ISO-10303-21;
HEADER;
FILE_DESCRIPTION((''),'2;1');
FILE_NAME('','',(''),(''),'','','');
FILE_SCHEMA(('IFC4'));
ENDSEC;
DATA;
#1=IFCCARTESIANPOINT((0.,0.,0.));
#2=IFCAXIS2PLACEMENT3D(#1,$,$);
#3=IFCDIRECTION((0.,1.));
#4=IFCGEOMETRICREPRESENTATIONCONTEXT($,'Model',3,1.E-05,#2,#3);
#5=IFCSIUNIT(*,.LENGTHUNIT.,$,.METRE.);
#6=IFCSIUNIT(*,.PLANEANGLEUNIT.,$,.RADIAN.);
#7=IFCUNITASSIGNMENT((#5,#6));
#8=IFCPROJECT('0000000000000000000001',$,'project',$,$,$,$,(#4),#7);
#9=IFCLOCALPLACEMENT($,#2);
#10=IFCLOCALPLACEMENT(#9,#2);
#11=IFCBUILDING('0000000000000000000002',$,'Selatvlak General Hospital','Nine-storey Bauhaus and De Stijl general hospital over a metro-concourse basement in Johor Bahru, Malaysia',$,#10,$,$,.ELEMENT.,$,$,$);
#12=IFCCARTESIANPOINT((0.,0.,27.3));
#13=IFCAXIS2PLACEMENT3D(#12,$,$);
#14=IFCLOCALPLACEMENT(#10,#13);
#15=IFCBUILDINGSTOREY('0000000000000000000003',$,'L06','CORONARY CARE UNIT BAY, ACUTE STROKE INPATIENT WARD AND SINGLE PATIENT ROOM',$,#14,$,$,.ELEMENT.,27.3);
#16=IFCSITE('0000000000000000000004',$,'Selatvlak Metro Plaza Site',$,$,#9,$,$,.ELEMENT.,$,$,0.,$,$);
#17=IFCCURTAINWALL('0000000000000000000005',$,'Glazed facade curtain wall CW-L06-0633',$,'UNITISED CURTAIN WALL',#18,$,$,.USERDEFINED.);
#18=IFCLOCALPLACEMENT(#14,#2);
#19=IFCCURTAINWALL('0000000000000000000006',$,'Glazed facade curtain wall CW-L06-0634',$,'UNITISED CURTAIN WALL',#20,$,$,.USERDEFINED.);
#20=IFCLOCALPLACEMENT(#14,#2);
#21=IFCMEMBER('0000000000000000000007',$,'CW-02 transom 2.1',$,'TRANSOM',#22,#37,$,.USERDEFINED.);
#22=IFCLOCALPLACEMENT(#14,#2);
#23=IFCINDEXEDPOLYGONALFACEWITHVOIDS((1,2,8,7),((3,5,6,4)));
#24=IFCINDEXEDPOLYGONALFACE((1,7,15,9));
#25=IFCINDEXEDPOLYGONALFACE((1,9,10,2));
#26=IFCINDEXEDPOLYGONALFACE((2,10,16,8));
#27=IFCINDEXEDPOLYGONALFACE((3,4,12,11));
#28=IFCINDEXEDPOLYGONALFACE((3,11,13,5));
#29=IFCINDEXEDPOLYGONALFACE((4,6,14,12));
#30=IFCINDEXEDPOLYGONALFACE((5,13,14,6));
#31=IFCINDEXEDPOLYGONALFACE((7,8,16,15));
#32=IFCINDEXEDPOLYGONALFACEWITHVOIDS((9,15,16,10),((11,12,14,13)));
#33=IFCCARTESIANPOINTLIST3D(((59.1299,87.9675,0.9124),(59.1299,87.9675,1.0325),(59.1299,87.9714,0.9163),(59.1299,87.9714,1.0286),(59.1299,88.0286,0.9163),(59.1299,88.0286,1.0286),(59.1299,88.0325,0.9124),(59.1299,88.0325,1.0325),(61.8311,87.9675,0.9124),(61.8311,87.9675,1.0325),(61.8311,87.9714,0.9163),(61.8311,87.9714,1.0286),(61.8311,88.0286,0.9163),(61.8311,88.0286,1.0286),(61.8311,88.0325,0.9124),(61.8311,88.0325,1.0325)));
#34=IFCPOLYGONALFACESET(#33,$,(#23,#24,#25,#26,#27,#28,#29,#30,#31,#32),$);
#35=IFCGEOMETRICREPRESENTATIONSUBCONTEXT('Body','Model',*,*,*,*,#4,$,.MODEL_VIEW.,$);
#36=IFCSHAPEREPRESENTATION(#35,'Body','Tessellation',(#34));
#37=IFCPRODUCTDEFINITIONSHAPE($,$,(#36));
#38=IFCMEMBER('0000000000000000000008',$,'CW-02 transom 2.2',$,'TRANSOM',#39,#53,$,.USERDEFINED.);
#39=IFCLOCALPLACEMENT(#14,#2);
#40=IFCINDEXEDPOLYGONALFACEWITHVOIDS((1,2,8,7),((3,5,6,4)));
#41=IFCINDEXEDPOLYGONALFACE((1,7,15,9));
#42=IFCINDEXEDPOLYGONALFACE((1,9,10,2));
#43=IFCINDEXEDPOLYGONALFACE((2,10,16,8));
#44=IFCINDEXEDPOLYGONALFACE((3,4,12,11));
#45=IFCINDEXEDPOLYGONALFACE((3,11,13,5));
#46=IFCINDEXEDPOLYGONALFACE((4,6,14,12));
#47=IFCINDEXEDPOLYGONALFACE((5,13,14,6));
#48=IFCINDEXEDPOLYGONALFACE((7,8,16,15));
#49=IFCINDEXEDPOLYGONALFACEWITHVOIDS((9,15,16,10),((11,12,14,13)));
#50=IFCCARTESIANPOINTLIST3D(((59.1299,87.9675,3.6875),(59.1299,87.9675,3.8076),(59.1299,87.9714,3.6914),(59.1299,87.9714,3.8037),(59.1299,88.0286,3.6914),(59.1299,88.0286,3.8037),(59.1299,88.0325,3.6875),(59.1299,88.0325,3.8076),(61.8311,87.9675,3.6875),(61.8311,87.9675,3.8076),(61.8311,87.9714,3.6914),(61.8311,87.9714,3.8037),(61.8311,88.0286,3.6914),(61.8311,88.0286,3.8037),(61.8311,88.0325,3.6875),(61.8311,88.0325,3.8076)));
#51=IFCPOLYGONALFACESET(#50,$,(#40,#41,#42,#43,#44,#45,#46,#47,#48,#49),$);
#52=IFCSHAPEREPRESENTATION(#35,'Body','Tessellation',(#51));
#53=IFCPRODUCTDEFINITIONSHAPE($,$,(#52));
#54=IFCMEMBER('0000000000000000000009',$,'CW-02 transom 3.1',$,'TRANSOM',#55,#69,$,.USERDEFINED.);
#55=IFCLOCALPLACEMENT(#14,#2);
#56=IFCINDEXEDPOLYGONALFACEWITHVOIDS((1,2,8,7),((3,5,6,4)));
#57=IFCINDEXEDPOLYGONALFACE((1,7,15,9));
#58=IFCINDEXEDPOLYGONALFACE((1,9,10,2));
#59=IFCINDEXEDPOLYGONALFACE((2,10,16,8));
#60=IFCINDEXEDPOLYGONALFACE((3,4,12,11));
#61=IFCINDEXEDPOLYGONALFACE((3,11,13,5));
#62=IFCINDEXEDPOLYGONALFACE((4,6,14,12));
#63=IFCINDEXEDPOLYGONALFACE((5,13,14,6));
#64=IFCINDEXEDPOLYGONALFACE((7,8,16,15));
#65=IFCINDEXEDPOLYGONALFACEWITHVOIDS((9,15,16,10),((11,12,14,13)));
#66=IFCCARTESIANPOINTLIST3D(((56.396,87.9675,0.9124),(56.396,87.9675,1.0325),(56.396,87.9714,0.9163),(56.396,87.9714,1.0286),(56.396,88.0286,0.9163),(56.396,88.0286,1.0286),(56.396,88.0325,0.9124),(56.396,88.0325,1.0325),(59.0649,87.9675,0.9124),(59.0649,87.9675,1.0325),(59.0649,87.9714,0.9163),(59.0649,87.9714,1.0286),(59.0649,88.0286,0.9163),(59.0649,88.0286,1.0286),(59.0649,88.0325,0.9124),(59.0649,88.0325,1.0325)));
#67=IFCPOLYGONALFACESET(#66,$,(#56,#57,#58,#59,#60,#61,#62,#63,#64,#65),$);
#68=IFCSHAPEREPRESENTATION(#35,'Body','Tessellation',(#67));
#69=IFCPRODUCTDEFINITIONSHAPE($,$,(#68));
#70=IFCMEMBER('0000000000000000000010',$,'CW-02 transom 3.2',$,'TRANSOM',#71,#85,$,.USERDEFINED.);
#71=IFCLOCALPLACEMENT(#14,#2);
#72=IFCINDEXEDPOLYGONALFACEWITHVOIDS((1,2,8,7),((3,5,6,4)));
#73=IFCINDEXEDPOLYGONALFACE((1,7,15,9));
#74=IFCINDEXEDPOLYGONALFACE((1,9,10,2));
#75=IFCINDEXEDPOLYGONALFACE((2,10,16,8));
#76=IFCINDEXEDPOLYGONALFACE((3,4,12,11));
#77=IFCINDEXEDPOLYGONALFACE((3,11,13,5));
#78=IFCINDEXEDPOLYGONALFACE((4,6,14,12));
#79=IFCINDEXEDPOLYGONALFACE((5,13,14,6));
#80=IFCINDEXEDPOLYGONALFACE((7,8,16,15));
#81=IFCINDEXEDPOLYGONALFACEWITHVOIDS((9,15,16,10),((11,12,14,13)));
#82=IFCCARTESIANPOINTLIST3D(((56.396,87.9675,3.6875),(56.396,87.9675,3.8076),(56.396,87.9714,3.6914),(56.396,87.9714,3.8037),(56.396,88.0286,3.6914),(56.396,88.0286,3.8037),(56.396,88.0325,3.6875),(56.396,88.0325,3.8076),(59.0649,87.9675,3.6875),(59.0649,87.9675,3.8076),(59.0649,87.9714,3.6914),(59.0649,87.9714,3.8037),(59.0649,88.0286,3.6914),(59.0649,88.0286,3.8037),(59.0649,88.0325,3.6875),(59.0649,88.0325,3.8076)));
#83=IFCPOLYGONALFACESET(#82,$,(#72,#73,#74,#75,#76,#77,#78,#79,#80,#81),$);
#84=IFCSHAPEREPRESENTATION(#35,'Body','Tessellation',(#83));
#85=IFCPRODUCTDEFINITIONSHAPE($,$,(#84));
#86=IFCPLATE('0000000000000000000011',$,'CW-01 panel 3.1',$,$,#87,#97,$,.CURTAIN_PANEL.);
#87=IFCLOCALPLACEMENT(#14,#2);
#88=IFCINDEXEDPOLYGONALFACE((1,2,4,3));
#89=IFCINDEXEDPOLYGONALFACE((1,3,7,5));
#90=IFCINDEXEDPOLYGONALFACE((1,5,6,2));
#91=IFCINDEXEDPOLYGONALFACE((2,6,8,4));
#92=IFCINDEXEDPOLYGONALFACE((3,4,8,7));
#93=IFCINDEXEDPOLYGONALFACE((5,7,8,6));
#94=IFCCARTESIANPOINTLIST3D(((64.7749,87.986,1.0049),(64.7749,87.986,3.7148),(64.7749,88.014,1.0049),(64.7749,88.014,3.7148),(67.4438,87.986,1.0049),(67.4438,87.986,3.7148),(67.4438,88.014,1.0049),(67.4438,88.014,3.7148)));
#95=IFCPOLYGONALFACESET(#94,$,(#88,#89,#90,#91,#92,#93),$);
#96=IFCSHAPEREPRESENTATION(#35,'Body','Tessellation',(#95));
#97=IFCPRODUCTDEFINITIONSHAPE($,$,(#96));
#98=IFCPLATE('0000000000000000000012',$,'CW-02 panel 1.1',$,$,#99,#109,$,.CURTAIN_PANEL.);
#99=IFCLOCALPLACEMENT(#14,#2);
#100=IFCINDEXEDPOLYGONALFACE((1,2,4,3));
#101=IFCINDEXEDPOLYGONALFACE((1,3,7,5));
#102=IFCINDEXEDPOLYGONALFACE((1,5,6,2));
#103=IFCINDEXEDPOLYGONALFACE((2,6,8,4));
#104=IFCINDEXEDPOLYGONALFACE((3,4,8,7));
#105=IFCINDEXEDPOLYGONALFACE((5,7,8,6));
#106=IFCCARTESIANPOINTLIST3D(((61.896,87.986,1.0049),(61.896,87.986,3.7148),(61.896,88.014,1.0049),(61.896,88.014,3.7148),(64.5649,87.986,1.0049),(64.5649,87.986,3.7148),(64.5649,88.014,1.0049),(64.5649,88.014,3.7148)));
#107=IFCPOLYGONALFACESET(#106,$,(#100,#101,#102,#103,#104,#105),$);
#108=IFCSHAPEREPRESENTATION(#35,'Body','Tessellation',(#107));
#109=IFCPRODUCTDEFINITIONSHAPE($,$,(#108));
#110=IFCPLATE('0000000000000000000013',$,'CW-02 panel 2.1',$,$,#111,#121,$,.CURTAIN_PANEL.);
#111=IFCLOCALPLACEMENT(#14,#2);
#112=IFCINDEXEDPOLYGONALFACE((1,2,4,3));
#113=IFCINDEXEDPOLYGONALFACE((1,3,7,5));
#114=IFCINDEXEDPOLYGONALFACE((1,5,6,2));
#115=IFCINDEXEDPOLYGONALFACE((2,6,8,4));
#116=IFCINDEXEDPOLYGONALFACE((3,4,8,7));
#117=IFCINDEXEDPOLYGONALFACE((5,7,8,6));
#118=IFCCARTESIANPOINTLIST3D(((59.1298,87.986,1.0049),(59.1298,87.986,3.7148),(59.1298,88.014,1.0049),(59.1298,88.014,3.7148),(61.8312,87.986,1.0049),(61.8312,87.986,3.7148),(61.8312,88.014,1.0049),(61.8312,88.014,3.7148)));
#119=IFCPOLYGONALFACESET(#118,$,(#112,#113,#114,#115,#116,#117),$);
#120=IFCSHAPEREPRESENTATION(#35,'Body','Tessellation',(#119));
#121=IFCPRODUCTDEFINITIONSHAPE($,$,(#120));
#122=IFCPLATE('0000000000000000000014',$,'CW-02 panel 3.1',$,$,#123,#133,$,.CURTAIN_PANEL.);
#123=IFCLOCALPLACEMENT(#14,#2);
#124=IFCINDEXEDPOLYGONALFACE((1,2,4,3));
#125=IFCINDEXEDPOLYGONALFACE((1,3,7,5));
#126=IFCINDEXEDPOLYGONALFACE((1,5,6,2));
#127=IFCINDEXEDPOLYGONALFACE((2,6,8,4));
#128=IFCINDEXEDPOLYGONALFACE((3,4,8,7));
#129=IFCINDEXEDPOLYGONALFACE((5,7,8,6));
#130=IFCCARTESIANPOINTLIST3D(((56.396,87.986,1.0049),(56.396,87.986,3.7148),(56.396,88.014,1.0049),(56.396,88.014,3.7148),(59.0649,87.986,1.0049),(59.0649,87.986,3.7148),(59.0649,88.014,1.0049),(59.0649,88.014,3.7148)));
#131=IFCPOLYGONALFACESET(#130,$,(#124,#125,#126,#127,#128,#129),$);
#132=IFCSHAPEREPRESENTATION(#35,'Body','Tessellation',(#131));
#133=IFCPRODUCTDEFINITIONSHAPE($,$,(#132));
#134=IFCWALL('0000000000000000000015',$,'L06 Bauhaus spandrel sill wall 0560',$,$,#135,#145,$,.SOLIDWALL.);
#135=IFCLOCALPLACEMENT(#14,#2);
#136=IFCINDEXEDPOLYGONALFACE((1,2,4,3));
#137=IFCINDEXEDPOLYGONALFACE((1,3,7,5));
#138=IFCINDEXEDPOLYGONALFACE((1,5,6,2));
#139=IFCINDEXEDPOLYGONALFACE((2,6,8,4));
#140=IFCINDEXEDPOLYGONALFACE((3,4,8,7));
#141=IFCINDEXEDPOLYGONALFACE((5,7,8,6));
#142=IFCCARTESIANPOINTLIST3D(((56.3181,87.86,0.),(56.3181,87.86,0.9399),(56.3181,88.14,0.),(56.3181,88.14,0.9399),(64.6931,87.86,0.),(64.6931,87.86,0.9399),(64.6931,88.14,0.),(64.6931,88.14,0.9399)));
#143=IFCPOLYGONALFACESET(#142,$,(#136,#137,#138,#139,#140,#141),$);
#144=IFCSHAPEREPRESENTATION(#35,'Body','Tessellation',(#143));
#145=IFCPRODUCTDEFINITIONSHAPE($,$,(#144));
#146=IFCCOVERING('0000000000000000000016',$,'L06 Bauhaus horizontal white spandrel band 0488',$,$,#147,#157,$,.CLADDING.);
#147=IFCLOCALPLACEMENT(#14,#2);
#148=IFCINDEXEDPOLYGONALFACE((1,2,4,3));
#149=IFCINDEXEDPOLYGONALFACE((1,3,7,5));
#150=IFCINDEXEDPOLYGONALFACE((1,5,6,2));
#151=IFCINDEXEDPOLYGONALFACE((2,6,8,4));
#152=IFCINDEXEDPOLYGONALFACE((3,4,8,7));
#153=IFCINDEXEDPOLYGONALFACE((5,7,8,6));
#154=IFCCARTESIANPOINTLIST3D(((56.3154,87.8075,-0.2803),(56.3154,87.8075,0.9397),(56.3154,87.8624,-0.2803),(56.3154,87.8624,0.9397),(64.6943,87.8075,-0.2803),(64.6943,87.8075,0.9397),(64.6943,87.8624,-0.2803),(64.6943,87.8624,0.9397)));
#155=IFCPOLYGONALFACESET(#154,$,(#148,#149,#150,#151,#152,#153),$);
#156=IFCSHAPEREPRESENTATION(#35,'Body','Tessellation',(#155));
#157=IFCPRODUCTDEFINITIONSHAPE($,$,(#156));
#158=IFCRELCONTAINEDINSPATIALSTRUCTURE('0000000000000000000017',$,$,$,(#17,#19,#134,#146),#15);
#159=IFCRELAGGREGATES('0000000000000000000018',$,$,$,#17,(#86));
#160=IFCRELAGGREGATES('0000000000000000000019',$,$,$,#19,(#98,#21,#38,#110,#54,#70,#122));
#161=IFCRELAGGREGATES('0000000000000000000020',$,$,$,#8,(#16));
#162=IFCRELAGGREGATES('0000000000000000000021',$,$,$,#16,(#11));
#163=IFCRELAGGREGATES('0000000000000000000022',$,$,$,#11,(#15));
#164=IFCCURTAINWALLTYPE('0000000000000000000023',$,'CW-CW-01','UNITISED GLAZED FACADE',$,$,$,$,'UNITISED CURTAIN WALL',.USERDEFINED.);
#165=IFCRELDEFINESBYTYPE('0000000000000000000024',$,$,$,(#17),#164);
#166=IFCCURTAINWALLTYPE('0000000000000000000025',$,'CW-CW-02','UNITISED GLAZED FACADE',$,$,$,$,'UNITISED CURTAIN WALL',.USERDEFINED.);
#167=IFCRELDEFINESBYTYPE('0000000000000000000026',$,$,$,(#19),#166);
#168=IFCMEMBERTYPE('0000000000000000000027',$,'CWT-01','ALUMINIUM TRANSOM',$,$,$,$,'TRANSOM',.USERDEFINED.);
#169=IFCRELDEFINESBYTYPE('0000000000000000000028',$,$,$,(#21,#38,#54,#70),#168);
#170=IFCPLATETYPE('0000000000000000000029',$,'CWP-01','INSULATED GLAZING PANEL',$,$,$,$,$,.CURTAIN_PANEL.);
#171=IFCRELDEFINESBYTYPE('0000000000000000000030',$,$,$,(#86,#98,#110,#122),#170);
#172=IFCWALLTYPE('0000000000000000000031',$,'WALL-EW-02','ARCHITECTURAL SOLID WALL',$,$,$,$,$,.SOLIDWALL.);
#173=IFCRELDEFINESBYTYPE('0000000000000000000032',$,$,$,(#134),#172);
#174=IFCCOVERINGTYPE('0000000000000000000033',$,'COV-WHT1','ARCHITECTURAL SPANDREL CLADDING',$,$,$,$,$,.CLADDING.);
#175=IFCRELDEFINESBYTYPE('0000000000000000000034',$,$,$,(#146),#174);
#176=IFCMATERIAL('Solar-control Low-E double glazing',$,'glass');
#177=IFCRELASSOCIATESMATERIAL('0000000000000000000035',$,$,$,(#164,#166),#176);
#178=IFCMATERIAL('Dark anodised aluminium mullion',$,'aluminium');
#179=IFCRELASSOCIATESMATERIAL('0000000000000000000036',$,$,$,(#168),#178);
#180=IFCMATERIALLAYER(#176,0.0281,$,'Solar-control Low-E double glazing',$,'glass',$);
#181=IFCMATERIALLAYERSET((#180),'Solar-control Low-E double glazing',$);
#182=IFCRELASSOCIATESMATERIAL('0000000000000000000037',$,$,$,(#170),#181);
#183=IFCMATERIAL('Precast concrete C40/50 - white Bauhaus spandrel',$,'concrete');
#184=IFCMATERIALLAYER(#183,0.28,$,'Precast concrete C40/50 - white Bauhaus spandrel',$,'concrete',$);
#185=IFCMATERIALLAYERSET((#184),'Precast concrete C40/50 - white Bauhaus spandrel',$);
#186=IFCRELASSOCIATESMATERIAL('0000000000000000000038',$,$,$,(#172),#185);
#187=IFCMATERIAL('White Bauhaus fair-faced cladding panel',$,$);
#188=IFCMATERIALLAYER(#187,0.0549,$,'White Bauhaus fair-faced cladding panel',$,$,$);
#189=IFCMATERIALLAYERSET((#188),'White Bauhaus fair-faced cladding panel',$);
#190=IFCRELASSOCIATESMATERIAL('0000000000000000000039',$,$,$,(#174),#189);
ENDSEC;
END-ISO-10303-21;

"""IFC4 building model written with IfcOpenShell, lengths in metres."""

from ifc_helpers import new_model, si_unit, direction, frame, frame_2d, origin, origin_2d, place, context, subcontext, project, spatial, rectangle, hollow_rectangle, extrude, material, layer, layer_set, material_profile, profile_set, type_object, element, aggregate, save


model = new_model("IFC4")

# Units and contexts
model_context = context("Model", 3, precision=1e-05, world=origin(), true_north=direction((0.0, 1.0)))
body_context = subcontext(model_context, "Body", "Model", "MODEL_VIEW")
ifc_project = project(units=[si_unit("LENGTHUNIT", "METRE"), si_unit("PLANEANGLEUNIT", "RADIAN")], contexts=[model_context])

# Site, building, storey
site_placement = place(None, origin())
site = spatial("IfcSite", under=ifc_project, at=site_placement, Name="Selatvlak Metro Plaza Site", CompositionType="ELEMENT", RefElevation=0.0)
building_placement = place(site_placement, origin())
building = spatial("IfcBuilding", under=site, at=building_placement, Name="Selatvlak General Hospital", Description="Nine-storey Bauhaus and De Stijl general hospital over a metro-concourse basement in Johor Bahru, Malaysia", CompositionType="ELEMENT")
storey_placement = place(building_placement, frame((0.0, 0.0, 27.3)))
storey = spatial("IfcBuildingStorey", under=building, at=storey_placement, Name="L06", Description="CORONARY CARE UNIT BAY, ACUTE STROKE INPATIENT WARD AND SINGLE PATIENT ROOM", CompositionType="ELEMENT", Elevation=27.3)

# Curtain wall
ifc_material_1 = material(Name="Solar-control Low-E double glazing", Category="glass")
curtain_wall_type_1 = type_object("IfcCurtainWallType", Name="CW-CW-01", Description="UNITISED GLAZED FACADE", ElementType="UNITISED CURTAIN WALL", PredefinedType="USERDEFINED", material=ifc_material_1)
curtain_wall_1_placement = place(storey_placement, origin())
curtain_wall_1 = element("IfcCurtainWall", 1, at=curtain_wall_1_placement, inside=storey, type_object=curtain_wall_type_1, Name="Glazed facade curtain wall CW-L06-0633", ObjectType="UNITISED CURTAIN WALL", PredefinedType="USERDEFINED")
ifc_material_2 = material(Name="Dark anodised aluminium mullion", Category="aluminium")

# Curtain wall
curtain_wall_type_2 = type_object("IfcCurtainWallType", Name="CW-CW-02", Description="UNITISED GLAZED FACADE", ElementType="UNITISED CURTAIN WALL", PredefinedType="USERDEFINED", material=ifc_material_1)
curtain_wall_2_placement = place(storey_placement, origin())
curtain_wall_2 = element("IfcCurtainWall", 2, at=curtain_wall_2_placement, inside=storey, type_object=curtain_wall_type_2, Name="Glazed facade curtain wall CW-L06-0634", ObjectType="UNITISED CURTAIN WALL", PredefinedType="USERDEFINED")

# Members
ifc_material_profile_1 = material_profile(ifc_material_2, hollow_rectangle(XDim=0.0649, YDim=0.1201, WallThickness=0.0039, at=origin_2d()), Name="AL-TRN 65x120x4")
ifc_profile_set_1 = profile_set([ifc_material_profile_1], Name="Dark anodised aluminium mullion")
member_type_1 = type_object("IfcMemberType", Name="CWT-01", Description="ALUMINIUM TRANSOM", ElementType="TRANSOM", PredefinedType="USERDEFINED", material=ifc_profile_set_1)
member_1_placement = place(storey_placement, frame((61.8311, 88.0, 0.9724), z_axis=(-1.0, 0.0, 0.0), x_axis=(0.0, -1.0, 0.0)))
member_1 = element("IfcMember", 3, at=member_1_placement, type_object=member_type_1, Name="CW-02 transom 2.1", ObjectType="TRANSOM", PredefinedType="USERDEFINED", context=body_context, shape_type="SweptSolid", body=[
    extrude(hollow_rectangle(XDim=0.0649, YDim=0.1201, WallThickness=0.0039, at=origin_2d()), origin(), (0.0, 0.0, 1.0), 2.7012),
])
member_2_placement = place(storey_placement, frame((61.8311, 88.0, 3.7476), z_axis=(-1.0, 0.0, 0.0), x_axis=(0.0, -1.0, 0.0)))
member_2 = element("IfcMember", 4, at=member_2_placement, type_object=member_type_1, Name="CW-02 transom 2.2", ObjectType="TRANSOM", PredefinedType="USERDEFINED", context=body_context, shape_type="SweptSolid", body=[
    extrude(hollow_rectangle(XDim=0.0649, YDim=0.1201, WallThickness=0.0039, at=origin_2d()), origin(), (0.0, 0.0, 1.0), 2.7012),
])
member_3_placement = place(storey_placement, frame((59.0649, 88.0, 0.9724), z_axis=(-1.0, 0.0, 0.0), x_axis=(0.0, -1.0, 0.0)))
member_3 = element("IfcMember", 5, at=member_3_placement, type_object=member_type_1, Name="CW-02 transom 3.1", ObjectType="TRANSOM", PredefinedType="USERDEFINED", context=body_context, shape_type="SweptSolid", body=[
    extrude(hollow_rectangle(XDim=0.0649, YDim=0.1201, WallThickness=0.0039, at=origin_2d()), origin(), (0.0, 0.0, 1.0), 2.6689),
])
member_4_placement = place(storey_placement, frame((59.0649, 88.0, 3.7476), z_axis=(-1.0, 0.0, 0.0), x_axis=(0.0, -1.0, 0.0)))
member_4 = element("IfcMember", 6, at=member_4_placement, type_object=member_type_1, Name="CW-02 transom 3.2", ObjectType="TRANSOM", PredefinedType="USERDEFINED", context=body_context, shape_type="SweptSolid", body=[
    extrude(hollow_rectangle(XDim=0.0649, YDim=0.1201, WallThickness=0.0039, at=origin_2d()), origin(), (0.0, 0.0, 1.0), 2.6689),
])

# Plates
ifc_layer_1 = layer(ifc_material_1, 0.0281, Name="Solar-control Low-E double glazing", Category="glass")
ifc_layer_set_1 = layer_set([ifc_layer_1], Name="Solar-control Low-E double glazing")
plate_type = type_object("IfcPlateType", Name="CWP-01", Description="INSULATED GLAZING PANEL", PredefinedType="CURTAIN_PANEL", material=ifc_layer_set_1)
plate_1_placement = place(storey_placement, frame((66.1094, 88.0, 1.0049), z_axis=(0.0, 0.0, 1.0), x_axis=(-1.0, 0.0, 0.0)))
plate_1 = element("IfcPlate", 7, at=plate_1_placement, type_object=plate_type, Name="CW-01 panel 3.1", PredefinedType="CURTAIN_PANEL", context=body_context, shape_type="SweptSolid", body=[
    extrude(rectangle(XDim=2.6689, YDim=0.0281, at=origin_2d()), origin(), (0.0, 0.0, 1.0), 2.71),
])
aggregate(curtain_wall_1, [plate_1])
plate_2_placement = place(storey_placement, frame((63.2305, 88.0, 1.0049), z_axis=(0.0, 0.0, 1.0), x_axis=(-1.0, 0.0, 0.0)))
plate_2 = element("IfcPlate", 8, at=plate_2_placement, type_object=plate_type, Name="CW-02 panel 1.1", PredefinedType="CURTAIN_PANEL", context=body_context, shape_type="SweptSolid", body=[
    extrude(rectangle(XDim=2.6689, YDim=0.0281, at=origin_2d()), origin(), (0.0, 0.0, 1.0), 2.71),
])
plate_3_placement = place(storey_placement, frame((60.4805, 88.0, 1.0049), z_axis=(0.0, 0.0, 1.0), x_axis=(-1.0, 0.0, 0.0)))
plate_3 = element("IfcPlate", 9, at=plate_3_placement, type_object=plate_type, Name="CW-02 panel 2.1", PredefinedType="CURTAIN_PANEL", context=body_context, shape_type="SweptSolid", body=[
    extrude(rectangle(XDim=2.7014, YDim=0.0281, at=origin_2d()), origin(), (0.0, 0.0, 1.0), 2.71),
])
plate_4_placement = place(storey_placement, frame((57.7305, 88.0, 1.0049), z_axis=(0.0, 0.0, 1.0), x_axis=(-1.0, 0.0, 0.0)))
plate_4 = element("IfcPlate", 10, at=plate_4_placement, type_object=plate_type, Name="CW-02 panel 3.1", PredefinedType="CURTAIN_PANEL", context=body_context, shape_type="SweptSolid", body=[
    extrude(rectangle(XDim=2.6689, YDim=0.0281, at=origin_2d()), origin(), (0.0, 0.0, 1.0), 2.71),
])
aggregate(curtain_wall_2, [plate_2, member_1, member_2, plate_3, member_3, member_4, plate_4])

# Wall
ifc_material_3 = material(Name="Precast concrete C40/50 - white Bauhaus spandrel", Category="concrete")
ifc_layer_2 = layer(ifc_material_3, 0.28, Name="Precast concrete C40/50 - white Bauhaus spandrel", Category="concrete")
ifc_layer_set_2 = layer_set([ifc_layer_2], Name="Precast concrete C40/50 - white Bauhaus spandrel")
wall_type = type_object("IfcWallType", Name="WALL-EW-02", Description="ARCHITECTURAL SOLID WALL", PredefinedType="SOLIDWALL", material=ifc_layer_set_2)
wall_placement = place(storey_placement, frame((64.6931, 88.0, 0.0), z_axis=(0.0, 0.0, 1.0), x_axis=(-1.0, 0.0, 0.0)))
element("IfcWall", 11, at=wall_placement, inside=storey, type_object=wall_type, Name="L06 Bauhaus spandrel sill wall 0560", PredefinedType="SOLIDWALL", context=body_context, shape_type="SweptSolid", body=[
    extrude(rectangle(XDim=8.375, YDim=0.28, at=frame_2d((4.1875, 0.0))), origin(), (0.0, 0.0, 1.0), 0.9399),
])

# Covering
ifc_material_4 = material(Name="White Bauhaus fair-faced cladding panel")
ifc_layer_3 = layer(ifc_material_4, 0.0549, Name="White Bauhaus fair-faced cladding panel")
ifc_layer_set_3 = layer_set([ifc_layer_3], Name="White Bauhaus fair-faced cladding panel")
covering_type = type_object("IfcCoveringType", Name="COV-WHT1", Description="ARCHITECTURAL SPANDREL CLADDING", PredefinedType="CLADDING", material=ifc_layer_set_3)
covering_placement = place(storey_placement, frame((60.5049, 87.835, -0.2803), z_axis=(0.0, 0.0, 1.0), x_axis=(-1.0, 0.0, 0.0)))
element("IfcCovering", 12, at=covering_placement, inside=storey, type_object=covering_type, Name="L06 Bauhaus horizontal white spandrel band 0488", PredefinedType="CLADDING", context=body_context, shape_type="SweptSolid", body=[
    extrude(rectangle(XDim=8.3789, YDim=0.0549, at=origin_2d()), origin(), (0.0, 0.0, 1.0), 1.22),
])

save(model, "model.ifc")
